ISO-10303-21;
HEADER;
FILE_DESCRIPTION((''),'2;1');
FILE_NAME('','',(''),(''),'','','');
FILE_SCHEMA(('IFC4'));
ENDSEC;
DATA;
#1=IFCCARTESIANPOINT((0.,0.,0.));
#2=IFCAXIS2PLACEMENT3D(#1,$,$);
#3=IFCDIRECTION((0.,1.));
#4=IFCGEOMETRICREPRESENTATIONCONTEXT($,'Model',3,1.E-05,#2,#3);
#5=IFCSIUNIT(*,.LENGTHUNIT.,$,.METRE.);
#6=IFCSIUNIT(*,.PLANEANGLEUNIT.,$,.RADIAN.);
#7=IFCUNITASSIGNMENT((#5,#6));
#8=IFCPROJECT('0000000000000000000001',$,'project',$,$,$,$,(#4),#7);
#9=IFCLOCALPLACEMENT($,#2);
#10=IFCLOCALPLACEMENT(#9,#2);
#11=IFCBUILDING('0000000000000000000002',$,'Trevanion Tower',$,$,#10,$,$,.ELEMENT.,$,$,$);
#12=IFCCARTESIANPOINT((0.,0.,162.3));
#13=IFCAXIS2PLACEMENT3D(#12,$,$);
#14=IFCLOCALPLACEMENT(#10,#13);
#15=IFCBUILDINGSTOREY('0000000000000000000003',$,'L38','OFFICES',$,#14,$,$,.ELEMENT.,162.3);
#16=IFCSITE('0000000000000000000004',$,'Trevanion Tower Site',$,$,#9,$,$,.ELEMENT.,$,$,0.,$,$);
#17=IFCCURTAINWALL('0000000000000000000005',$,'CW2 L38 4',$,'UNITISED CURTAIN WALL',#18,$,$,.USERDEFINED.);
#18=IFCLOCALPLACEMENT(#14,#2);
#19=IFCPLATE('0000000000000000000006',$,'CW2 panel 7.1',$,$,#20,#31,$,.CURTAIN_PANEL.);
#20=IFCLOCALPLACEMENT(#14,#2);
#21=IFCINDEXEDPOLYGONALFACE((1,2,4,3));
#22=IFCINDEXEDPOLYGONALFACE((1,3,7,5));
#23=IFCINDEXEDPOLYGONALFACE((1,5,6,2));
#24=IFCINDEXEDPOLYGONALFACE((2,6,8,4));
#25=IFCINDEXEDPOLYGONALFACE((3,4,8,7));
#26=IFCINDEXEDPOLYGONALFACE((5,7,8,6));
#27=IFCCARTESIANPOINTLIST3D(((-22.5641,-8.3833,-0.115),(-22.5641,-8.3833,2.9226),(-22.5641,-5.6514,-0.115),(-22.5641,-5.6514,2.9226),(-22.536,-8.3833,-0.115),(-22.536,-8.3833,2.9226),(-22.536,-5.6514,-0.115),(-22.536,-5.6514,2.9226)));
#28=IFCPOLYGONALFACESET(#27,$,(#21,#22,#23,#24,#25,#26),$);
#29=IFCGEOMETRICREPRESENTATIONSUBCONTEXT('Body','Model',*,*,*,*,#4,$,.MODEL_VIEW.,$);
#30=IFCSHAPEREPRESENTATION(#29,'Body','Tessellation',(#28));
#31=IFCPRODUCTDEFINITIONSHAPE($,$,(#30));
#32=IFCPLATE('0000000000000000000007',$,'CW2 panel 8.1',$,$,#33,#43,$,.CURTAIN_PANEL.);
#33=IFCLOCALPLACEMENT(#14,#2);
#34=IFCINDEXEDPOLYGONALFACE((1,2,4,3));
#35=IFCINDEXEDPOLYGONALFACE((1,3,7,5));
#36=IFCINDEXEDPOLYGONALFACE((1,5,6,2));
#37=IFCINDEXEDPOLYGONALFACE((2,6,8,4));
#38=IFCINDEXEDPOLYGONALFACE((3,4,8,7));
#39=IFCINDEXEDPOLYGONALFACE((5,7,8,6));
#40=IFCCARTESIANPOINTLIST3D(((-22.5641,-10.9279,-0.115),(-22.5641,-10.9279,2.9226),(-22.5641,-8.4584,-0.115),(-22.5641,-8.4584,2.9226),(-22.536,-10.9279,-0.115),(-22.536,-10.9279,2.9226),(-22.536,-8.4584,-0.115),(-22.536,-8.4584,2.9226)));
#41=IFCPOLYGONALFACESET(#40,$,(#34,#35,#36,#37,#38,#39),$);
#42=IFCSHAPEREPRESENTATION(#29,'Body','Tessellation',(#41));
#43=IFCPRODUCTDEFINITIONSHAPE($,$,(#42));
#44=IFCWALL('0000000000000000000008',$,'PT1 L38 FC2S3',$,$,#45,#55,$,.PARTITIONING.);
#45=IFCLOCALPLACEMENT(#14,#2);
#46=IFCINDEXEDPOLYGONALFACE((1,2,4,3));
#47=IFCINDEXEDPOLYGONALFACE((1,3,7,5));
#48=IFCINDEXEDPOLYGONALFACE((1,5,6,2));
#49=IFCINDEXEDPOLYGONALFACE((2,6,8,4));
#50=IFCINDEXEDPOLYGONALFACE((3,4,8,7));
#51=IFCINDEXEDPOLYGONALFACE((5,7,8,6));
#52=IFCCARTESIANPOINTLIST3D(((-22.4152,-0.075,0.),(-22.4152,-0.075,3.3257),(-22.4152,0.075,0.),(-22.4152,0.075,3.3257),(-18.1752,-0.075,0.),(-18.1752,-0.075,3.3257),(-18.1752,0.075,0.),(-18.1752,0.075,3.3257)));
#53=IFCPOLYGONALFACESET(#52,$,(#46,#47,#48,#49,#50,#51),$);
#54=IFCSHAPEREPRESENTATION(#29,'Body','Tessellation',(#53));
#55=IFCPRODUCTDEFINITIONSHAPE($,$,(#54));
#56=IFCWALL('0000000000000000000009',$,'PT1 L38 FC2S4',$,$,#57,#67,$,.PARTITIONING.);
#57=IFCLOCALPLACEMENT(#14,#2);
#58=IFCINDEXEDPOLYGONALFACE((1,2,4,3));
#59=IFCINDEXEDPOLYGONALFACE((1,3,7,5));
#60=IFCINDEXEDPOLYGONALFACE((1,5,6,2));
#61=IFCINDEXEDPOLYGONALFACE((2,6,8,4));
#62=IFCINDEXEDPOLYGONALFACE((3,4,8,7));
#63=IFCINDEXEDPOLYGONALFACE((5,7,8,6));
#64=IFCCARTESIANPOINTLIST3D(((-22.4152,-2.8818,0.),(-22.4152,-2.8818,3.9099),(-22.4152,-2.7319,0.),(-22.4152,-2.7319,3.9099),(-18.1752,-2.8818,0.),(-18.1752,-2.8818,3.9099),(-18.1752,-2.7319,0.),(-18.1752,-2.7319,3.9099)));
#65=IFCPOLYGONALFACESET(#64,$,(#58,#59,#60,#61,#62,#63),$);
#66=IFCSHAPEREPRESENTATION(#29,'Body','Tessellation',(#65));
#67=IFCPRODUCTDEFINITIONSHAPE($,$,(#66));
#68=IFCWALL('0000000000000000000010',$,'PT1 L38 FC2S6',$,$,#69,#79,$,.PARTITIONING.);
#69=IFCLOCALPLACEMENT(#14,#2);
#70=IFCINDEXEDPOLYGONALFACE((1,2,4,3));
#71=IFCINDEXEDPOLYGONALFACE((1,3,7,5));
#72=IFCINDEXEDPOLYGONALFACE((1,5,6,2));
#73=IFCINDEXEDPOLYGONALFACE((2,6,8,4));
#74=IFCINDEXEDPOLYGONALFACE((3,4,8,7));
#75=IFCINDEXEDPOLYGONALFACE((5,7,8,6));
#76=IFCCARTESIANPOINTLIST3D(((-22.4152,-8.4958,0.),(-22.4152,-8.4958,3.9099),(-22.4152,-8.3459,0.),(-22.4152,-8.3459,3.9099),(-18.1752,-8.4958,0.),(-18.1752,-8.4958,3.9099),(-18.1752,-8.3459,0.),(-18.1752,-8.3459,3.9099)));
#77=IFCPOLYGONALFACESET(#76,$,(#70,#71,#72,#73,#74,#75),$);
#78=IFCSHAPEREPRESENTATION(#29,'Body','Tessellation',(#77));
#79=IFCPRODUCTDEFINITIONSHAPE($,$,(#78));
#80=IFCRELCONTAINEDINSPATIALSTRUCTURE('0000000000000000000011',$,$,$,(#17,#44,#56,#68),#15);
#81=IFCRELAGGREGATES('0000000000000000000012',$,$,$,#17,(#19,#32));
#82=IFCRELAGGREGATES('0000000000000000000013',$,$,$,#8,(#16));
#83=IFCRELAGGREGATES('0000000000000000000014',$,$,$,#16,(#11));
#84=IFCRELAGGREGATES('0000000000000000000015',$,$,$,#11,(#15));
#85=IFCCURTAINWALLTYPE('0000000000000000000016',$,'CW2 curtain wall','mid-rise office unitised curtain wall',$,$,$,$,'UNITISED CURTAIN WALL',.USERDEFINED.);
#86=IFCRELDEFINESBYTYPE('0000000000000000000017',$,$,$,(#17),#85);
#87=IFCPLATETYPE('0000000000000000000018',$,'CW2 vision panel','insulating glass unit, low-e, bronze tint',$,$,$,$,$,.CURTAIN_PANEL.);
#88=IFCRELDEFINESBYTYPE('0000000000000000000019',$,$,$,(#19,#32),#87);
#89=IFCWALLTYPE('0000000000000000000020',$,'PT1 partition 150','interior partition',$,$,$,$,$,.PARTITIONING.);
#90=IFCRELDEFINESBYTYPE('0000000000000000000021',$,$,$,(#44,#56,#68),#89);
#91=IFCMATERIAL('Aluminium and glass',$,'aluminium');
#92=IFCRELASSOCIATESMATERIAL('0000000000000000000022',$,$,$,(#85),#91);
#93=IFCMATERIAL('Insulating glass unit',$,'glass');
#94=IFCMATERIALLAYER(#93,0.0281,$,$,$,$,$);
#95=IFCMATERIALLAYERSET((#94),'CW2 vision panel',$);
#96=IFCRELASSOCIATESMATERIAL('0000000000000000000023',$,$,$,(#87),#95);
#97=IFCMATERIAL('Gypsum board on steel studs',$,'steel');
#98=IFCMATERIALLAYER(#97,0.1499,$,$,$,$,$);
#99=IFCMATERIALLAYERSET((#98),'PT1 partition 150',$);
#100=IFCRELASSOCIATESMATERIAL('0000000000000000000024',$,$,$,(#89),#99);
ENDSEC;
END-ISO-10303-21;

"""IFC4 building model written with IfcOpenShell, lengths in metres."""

from ifc_helpers import new_model, si_unit, direction, frame, frame_2d, origin, origin_2d, place, context, subcontext, project, spatial, rectangle, extrude, material, layer, layer_set, type_object, element, aggregate, save


model = new_model("IFC4")

# Units and contexts
model_context = context("Model", 3, precision=1e-05, world=origin(), true_north=direction((0.0, 1.0)))
body_context = subcontext(model_context, "Body", "Model", "MODEL_VIEW")
ifc_project = project(units=[si_unit("LENGTHUNIT", "METRE"), si_unit("PLANEANGLEUNIT", "RADIAN")], contexts=[model_context])

# Site, building, storey
site_placement = place(None, origin())
site = spatial("IfcSite", under=ifc_project, at=site_placement, Name="Trevanion Tower Site", CompositionType="ELEMENT", RefElevation=0.0)
building_placement = place(site_placement, origin())
building = spatial("IfcBuilding", under=site, at=building_placement, Name="Trevanion Tower", CompositionType="ELEMENT")
storey_placement = place(building_placement, frame((0.0, 0.0, 162.3)))
storey = spatial("IfcBuildingStorey", under=building, at=storey_placement, Name="L38", Description="OFFICES", CompositionType="ELEMENT", Elevation=162.3)

# Curtain wall
ifc_material_1 = material(Name="Aluminium and glass", Category="aluminium")
curtain_wall_type = type_object("IfcCurtainWallType", Name="CW2 curtain wall", Description="mid-rise office unitised curtain wall", ElementType="UNITISED CURTAIN WALL", PredefinedType="USERDEFINED", material=ifc_material_1)
curtain_wall_1_placement = place(storey_placement, origin())
curtain_wall_1 = element("IfcCurtainWall", 1, at=curtain_wall_1_placement, inside=storey, type_object=curtain_wall_type, Name="CW2 L38 4", ObjectType="UNITISED CURTAIN WALL", PredefinedType="USERDEFINED")

# Plates
ifc_material_2 = material(Name="Insulating glass unit", Category="glass")
ifc_layer_1 = layer(ifc_material_2, 0.0281)
ifc_layer_set_1 = layer_set([ifc_layer_1], Name="CW2 vision panel")
plate_type_1 = type_object("IfcPlateType", Name="CW2 vision panel", Description="insulating glass unit, low-e, bronze tint", PredefinedType="CURTAIN_PANEL", material=ifc_layer_set_1)
plate_1_placement = place(storey_placement, frame((-22.55, -7.0173, -0.115), z_axis=(0.0, 0.0, 1.0), x_axis=(0.0, -1.0, 0.0)))
plate_1 = element("IfcPlate", 2, at=plate_1_placement, type_object=plate_type_1, Name="CW2 panel 7.1", PredefinedType="CURTAIN_PANEL", context=body_context, shape_type="SweptSolid", body=[
    extrude(rectangle(XDim=2.7319, YDim=0.0281, at=origin_2d()), origin(), (0.0, 0.0, 1.0), 3.0376),
])
plate_2_placement = place(storey_placement, frame((-22.55, -9.6931, -0.115), z_axis=(0.0, 0.0, 1.0), x_axis=(0.0, -1.0, 0.0)))
plate_2 = element("IfcPlate", 3, at=plate_2_placement, type_object=plate_type_1, Name="CW2 panel 8.1", PredefinedType="CURTAIN_PANEL", context=body_context, shape_type="SweptSolid", body=[
    extrude(rectangle(XDim=2.4695, YDim=0.0281, at=origin_2d()), origin(), (0.0, 0.0, 1.0), 3.0376),
])
aggregate(curtain_wall_1, [plate_1, plate_2])

# Walls
ifc_material_3 = material(Name="Gypsum board on steel studs", Category="steel")
ifc_layer_2 = layer(ifc_material_3, 0.1499)
ifc_layer_set_2 = layer_set([ifc_layer_2], Name="PT1 partition 150")
wall_type = type_object("IfcWallType", Name="PT1 partition 150", Description="interior partition", PredefinedType="PARTITIONING", material=ifc_layer_set_2)
wall_placement = place(storey_placement, frame((-18.175, 0.0, 0.0), z_axis=(0.0, 0.0, 1.0), x_axis=(-1.0, 0.0, 0.0)))
element("IfcWall", 4, at=wall_placement, inside=storey, type_object=wall_type, Name="PT1 L38 FC2S3", PredefinedType="PARTITIONING", context=body_context, shape_type="SweptSolid", body=[
    extrude(rectangle(XDim=4.24, YDim=0.1499, at=frame_2d((2.1201, 0.0))), origin(), (0.0, 0.0, 1.0), 3.3257),
])
for number, where, z_axis, x_axis, name in (
    (5, (-18.175, -2.8069, 0.0), (0.0, 0.0, 1.0), (-1.0, 0.0, 0.0), "PT1 L38 FC2S4"),
    (6, (-18.175, -8.4209, 0.0), (0.0, 0.0, 1.0), (-1.0, 0.0, 0.0), "PT1 L38 FC2S6"),
):
    element("IfcWall", number, at=place(storey_placement, frame(where, z_axis=z_axis, x_axis=x_axis)), inside=storey, type_object=wall_type, Name=name, PredefinedType="PARTITIONING", context=body_context, shape_type="SweptSolid", body=[
        extrude(rectangle(XDim=4.24, YDim=0.1499, at=frame_2d((2.1201, 0.0))), origin(), (0.0, 0.0, 1.0), 3.9099),
    ])

save(model, "model.ifc")
